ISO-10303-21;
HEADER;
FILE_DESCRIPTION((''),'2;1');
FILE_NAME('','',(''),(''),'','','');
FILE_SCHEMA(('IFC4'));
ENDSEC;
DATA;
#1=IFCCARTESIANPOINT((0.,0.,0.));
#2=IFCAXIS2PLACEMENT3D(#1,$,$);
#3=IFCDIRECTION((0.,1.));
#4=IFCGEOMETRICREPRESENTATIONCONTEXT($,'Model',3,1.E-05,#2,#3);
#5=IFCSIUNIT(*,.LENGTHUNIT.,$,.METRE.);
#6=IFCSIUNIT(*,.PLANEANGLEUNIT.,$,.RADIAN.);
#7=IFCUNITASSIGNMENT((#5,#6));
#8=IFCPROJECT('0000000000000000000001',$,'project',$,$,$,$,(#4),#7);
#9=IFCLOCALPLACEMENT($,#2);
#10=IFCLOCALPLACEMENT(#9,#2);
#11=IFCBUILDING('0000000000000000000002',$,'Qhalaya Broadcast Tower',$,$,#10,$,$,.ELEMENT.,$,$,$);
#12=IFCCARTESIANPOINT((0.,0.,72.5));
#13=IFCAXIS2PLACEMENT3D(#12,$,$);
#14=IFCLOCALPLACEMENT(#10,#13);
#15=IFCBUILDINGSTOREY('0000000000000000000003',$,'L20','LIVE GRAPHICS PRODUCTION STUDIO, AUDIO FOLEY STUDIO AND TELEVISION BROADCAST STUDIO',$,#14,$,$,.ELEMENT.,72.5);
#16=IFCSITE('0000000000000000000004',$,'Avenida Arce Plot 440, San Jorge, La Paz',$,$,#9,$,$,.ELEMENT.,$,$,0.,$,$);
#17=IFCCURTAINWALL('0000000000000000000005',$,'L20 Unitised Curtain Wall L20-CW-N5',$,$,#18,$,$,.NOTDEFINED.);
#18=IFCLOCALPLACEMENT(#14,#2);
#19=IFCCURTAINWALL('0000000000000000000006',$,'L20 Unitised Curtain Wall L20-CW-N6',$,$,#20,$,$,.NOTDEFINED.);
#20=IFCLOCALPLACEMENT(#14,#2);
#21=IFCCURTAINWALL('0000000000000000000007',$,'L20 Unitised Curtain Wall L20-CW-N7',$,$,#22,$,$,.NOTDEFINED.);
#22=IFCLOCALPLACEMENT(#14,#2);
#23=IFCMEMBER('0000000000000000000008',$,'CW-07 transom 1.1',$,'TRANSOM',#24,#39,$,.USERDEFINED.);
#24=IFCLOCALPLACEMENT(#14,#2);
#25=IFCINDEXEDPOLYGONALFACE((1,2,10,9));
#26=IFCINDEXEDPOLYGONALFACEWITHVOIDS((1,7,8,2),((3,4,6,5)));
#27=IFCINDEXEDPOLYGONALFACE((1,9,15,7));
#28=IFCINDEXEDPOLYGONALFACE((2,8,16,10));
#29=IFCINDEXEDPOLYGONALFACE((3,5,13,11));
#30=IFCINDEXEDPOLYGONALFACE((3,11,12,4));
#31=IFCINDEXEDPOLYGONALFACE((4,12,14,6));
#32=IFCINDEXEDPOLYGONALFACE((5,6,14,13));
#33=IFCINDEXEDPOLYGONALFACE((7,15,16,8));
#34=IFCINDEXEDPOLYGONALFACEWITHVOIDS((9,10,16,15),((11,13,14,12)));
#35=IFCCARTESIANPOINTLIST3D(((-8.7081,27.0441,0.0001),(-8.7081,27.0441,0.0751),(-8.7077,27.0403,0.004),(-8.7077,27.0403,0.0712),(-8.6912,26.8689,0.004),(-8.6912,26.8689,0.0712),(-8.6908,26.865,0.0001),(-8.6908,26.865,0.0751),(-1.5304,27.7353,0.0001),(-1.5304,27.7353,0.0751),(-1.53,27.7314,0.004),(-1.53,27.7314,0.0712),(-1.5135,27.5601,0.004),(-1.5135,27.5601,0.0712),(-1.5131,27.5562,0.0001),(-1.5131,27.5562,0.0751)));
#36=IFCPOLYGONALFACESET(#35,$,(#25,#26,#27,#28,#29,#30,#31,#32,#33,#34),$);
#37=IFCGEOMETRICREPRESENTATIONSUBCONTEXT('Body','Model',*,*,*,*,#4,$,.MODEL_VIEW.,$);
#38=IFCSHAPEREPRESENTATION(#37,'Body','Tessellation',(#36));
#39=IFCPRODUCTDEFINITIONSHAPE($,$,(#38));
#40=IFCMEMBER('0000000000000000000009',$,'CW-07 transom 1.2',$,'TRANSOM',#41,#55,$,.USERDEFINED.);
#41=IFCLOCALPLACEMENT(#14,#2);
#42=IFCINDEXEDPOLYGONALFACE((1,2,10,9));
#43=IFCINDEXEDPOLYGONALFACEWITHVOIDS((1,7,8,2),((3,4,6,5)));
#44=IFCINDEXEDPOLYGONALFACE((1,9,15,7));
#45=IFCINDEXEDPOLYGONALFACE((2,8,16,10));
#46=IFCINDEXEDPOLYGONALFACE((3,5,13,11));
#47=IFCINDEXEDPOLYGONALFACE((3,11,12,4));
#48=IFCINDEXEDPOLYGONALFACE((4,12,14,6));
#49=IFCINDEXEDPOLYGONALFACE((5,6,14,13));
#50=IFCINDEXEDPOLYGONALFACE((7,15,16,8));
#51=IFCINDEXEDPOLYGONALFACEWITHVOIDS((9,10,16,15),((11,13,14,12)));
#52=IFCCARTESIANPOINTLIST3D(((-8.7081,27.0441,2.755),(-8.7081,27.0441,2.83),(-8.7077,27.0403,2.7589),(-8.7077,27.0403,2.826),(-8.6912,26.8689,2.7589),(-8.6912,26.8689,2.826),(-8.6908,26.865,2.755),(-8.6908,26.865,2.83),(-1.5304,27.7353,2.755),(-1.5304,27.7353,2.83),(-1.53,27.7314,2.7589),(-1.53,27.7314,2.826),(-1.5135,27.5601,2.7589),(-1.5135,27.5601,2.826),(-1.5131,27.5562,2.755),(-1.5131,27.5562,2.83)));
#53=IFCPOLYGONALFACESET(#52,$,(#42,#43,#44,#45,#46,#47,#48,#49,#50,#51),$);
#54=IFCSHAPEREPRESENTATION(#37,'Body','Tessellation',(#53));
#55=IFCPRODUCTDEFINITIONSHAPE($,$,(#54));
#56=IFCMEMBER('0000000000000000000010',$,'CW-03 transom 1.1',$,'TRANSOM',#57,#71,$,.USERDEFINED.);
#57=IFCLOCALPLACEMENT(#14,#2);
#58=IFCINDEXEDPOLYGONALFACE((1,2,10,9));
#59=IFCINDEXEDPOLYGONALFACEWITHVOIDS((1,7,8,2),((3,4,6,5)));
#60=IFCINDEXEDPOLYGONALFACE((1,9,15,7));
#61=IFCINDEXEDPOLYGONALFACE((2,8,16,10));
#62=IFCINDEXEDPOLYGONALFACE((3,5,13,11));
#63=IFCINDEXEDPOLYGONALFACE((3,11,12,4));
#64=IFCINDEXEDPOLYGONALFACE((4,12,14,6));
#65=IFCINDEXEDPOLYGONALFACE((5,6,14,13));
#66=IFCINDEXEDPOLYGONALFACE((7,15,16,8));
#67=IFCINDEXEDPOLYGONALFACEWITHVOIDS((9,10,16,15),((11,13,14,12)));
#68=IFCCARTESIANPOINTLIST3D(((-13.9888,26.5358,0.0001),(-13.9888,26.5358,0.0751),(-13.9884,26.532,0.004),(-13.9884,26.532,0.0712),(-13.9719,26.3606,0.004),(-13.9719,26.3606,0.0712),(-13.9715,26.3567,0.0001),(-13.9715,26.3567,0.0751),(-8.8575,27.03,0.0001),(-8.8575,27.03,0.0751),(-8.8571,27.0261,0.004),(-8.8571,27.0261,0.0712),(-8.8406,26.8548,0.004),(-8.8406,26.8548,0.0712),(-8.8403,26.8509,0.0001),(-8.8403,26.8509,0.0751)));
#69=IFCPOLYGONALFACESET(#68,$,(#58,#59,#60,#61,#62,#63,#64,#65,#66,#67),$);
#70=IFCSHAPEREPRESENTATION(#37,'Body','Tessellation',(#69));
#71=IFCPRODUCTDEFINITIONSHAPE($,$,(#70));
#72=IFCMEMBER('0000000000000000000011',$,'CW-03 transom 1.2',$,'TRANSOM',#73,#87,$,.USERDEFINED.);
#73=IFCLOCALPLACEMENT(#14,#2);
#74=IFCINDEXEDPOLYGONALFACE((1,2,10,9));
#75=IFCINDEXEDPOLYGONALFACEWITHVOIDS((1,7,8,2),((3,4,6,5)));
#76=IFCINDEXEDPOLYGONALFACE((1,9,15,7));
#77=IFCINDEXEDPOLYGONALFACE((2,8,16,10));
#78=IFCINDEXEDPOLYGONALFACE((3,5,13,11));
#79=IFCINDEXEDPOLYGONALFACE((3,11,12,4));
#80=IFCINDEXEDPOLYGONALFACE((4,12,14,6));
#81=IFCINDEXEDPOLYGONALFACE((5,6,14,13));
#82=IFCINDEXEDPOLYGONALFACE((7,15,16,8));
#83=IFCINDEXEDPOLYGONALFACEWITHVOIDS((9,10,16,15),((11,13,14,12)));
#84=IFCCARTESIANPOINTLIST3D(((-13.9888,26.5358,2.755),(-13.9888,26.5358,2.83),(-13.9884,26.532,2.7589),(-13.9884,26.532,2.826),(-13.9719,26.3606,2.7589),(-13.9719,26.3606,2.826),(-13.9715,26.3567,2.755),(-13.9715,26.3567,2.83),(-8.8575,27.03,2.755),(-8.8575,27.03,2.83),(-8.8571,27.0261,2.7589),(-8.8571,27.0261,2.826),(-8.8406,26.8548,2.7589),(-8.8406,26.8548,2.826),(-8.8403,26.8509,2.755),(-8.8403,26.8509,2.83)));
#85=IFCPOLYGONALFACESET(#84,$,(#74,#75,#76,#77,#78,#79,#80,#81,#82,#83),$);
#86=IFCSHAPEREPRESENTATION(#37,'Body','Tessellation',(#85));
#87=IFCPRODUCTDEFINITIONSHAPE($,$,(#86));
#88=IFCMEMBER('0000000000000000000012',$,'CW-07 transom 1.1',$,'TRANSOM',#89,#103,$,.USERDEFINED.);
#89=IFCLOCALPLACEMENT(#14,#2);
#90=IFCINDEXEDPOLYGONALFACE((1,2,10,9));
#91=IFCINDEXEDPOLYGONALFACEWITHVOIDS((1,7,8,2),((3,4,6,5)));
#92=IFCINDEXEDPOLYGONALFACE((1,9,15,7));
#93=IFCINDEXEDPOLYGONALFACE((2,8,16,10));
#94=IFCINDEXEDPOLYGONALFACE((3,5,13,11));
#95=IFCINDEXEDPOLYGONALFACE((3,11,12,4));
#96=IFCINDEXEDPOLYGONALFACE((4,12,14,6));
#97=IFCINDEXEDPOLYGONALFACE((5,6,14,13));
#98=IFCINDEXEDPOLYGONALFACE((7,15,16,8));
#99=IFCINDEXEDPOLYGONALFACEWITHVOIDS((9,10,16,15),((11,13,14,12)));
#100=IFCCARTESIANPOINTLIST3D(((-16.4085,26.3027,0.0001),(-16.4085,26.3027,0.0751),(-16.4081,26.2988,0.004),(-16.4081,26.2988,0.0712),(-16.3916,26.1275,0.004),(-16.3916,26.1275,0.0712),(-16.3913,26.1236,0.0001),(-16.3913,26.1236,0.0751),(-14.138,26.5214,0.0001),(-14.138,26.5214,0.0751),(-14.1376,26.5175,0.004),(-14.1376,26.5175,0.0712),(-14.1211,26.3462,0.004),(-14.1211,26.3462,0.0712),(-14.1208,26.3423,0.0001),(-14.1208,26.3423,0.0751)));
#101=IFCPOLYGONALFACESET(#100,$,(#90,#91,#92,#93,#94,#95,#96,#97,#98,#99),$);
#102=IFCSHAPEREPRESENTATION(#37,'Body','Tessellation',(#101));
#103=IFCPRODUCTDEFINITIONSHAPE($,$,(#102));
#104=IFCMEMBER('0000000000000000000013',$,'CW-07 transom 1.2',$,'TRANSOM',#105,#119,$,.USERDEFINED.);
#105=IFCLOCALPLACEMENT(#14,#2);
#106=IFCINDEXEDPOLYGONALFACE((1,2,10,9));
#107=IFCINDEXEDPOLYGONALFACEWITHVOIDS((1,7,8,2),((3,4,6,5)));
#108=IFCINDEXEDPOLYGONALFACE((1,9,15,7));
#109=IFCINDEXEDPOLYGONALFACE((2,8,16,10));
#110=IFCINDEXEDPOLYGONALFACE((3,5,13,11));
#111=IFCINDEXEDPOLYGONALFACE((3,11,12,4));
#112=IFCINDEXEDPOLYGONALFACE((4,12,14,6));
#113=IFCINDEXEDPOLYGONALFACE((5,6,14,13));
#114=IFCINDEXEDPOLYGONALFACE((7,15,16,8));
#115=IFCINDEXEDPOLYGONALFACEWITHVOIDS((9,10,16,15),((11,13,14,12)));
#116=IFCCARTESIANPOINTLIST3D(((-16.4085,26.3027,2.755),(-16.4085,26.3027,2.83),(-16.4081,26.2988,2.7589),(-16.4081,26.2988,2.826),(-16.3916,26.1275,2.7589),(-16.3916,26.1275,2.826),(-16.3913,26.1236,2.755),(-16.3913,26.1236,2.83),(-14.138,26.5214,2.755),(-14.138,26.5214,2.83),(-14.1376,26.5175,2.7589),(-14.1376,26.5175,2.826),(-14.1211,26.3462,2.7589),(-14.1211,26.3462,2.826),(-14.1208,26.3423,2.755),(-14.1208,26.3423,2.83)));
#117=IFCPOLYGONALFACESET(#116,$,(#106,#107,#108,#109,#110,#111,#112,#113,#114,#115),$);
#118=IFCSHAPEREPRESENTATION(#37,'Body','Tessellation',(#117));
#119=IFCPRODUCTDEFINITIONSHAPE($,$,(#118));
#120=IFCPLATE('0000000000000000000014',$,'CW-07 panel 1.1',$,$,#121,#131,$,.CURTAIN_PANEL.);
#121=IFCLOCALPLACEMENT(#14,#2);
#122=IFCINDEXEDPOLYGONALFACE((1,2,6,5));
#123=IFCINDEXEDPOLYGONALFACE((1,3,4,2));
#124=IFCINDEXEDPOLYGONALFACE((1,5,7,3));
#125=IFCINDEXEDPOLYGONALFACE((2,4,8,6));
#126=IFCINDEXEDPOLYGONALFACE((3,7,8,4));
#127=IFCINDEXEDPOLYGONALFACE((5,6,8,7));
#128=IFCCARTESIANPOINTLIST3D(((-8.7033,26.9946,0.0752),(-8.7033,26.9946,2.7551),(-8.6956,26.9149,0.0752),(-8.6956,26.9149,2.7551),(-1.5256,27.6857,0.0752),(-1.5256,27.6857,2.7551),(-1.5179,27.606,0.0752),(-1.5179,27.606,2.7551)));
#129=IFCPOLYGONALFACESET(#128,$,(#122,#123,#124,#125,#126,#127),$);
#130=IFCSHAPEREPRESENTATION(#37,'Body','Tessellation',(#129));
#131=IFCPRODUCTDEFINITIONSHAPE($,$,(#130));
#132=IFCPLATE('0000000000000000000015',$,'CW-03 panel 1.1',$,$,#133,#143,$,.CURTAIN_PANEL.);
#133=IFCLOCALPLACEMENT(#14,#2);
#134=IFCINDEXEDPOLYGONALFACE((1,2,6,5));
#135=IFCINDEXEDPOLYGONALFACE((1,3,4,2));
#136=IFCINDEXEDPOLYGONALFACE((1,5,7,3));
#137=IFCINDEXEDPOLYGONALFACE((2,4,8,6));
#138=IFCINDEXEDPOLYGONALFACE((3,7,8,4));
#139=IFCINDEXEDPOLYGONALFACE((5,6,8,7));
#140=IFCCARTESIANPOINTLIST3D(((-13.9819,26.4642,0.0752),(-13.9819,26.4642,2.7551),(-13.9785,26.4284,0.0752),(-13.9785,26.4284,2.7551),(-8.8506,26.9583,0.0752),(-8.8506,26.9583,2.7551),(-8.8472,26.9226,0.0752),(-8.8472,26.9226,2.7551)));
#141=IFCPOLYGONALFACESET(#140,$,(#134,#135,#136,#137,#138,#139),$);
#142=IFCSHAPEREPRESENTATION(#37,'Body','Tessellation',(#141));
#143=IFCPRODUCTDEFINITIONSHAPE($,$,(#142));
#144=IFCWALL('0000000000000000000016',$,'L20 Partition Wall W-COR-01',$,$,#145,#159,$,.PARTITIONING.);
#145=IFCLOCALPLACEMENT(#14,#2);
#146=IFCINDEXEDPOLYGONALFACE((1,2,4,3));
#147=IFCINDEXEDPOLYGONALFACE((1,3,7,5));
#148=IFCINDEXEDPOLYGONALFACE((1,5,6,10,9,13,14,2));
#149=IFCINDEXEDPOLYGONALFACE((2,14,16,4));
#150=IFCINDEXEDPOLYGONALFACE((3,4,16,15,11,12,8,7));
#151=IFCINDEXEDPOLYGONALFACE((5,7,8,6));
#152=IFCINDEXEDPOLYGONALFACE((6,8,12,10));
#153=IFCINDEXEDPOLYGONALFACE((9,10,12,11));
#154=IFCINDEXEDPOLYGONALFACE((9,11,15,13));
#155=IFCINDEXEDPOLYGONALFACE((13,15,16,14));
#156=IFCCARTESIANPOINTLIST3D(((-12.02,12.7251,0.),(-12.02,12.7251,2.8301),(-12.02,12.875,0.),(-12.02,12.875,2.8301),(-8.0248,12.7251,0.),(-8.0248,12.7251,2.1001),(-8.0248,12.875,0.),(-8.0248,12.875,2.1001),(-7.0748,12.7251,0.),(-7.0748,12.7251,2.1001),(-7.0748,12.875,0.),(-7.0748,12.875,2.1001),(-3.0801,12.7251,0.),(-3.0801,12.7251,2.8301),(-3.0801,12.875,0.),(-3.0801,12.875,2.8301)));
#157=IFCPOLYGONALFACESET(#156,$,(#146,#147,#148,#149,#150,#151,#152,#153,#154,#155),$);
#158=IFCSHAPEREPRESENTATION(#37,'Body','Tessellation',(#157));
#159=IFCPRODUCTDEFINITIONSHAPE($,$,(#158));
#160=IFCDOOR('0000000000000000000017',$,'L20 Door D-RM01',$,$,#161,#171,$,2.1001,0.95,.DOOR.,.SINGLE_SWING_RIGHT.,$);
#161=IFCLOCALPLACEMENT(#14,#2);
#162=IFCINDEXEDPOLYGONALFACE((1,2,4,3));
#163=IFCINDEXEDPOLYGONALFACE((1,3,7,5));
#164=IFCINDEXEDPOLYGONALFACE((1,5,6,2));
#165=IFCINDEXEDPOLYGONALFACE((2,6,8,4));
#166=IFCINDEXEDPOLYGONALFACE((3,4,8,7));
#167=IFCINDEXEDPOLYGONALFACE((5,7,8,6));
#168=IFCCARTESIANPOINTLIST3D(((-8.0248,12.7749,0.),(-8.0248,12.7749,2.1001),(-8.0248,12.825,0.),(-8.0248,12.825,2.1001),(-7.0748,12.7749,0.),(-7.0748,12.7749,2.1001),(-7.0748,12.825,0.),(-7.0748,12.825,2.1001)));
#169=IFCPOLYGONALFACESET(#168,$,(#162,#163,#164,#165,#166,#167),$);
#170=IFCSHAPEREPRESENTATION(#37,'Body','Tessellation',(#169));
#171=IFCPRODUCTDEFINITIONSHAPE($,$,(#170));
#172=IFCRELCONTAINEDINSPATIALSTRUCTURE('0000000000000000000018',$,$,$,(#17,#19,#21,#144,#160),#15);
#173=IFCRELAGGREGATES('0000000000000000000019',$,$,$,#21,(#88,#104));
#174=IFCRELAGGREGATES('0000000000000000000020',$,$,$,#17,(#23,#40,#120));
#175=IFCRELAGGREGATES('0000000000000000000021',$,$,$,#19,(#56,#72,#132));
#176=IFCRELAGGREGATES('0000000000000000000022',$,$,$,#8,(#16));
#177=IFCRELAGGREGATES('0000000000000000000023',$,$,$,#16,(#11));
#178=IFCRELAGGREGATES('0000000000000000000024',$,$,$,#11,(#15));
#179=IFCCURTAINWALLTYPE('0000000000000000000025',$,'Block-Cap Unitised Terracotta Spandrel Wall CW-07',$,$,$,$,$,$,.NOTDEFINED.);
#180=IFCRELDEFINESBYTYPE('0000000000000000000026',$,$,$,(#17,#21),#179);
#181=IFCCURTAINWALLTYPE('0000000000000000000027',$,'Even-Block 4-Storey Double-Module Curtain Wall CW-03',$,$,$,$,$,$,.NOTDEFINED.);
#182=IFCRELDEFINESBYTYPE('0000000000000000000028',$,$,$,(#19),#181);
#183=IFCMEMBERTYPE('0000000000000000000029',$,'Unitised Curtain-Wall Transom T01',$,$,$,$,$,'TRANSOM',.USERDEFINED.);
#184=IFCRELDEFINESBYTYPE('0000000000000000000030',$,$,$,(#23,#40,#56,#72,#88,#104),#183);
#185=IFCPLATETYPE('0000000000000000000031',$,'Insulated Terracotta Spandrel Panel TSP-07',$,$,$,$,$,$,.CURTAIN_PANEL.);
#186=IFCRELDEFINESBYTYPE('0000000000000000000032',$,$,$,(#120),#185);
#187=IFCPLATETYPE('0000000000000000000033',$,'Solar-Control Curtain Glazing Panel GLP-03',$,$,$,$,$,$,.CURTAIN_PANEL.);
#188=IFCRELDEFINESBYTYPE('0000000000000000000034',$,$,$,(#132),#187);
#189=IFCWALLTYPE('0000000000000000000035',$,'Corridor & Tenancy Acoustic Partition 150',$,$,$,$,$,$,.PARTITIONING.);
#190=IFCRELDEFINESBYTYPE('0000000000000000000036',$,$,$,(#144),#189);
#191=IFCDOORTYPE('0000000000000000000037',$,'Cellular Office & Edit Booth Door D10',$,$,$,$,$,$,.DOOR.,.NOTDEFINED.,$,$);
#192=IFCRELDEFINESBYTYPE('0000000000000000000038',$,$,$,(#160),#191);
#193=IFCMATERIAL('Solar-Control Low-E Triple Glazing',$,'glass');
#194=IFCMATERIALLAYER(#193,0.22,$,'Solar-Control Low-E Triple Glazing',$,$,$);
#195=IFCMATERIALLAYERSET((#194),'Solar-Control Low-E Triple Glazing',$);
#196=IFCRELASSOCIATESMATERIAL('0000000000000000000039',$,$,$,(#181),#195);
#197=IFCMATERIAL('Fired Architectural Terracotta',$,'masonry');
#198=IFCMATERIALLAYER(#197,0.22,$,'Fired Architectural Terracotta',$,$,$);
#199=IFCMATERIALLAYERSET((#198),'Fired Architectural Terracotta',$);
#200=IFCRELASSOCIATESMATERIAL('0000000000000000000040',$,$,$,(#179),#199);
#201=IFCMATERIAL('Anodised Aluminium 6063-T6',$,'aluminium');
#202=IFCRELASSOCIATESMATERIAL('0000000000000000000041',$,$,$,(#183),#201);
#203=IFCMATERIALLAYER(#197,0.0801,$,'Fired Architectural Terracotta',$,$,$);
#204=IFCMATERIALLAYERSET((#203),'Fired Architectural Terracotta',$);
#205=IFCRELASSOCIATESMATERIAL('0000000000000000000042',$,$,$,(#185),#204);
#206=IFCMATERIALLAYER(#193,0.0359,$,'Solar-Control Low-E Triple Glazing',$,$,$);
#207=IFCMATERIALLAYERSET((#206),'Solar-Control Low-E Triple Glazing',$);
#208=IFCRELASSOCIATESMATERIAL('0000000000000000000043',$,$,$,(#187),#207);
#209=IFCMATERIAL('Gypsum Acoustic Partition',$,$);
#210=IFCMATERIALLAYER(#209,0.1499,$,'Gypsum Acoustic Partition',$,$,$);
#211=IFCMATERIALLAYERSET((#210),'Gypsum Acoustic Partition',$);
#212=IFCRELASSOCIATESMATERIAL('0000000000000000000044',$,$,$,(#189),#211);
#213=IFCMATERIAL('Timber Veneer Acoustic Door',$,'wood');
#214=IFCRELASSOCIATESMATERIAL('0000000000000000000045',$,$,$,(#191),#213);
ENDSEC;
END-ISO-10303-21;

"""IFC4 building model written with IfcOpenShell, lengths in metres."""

from ifc_helpers import new_model, si_unit, direction, frame, frame_2d, origin, origin_2d, place, context, subcontext, project, spatial, rectangle, hollow_rectangle, extrude, material, layer, layer_set, material_profile, profile_set, type_object, element, fill, aggregate, save


model = new_model("IFC4")

# Units and contexts
model_context = context("Model", 3, precision=1e-05, world=origin(), true_north=direction((0.0, 1.0)))
body_context = subcontext(model_context, "Body", "Model", "MODEL_VIEW")
ifc_project = project(units=[si_unit("LENGTHUNIT", "METRE"), si_unit("PLANEANGLEUNIT", "RADIAN")], contexts=[model_context])

# Site, building, storey
site_placement = place(None, origin())
site = spatial("IfcSite", under=ifc_project, at=site_placement, Name="Avenida Arce Plot 440, San Jorge, La Paz", CompositionType="ELEMENT", RefElevation=0.0)
building_placement = place(site_placement, origin())
building = spatial("IfcBuilding", under=site, at=building_placement, Name="Qhalaya Broadcast Tower", CompositionType="ELEMENT")
storey_placement = place(building_placement, frame((0.0, 0.0, 72.5)))
storey = spatial("IfcBuildingStorey", under=building, at=storey_placement, Name="L20", Description="LIVE GRAPHICS PRODUCTION STUDIO, AUDIO FOLEY STUDIO AND TELEVISION BROADCAST STUDIO", CompositionType="ELEMENT", Elevation=72.5)

# Shared definitions
ifc_material_1 = material(Name="Solar-Control Low-E Triple Glazing", Category="glass")
ifc_layer_1 = layer(ifc_material_1, 0.22, Name="Solar-Control Low-E Triple Glazing")
ifc_layer_set_1 = layer_set([ifc_layer_1], Name="Solar-Control Low-E Triple Glazing")
curtain_wall_type_1 = type_object("IfcCurtainWallType", Name="Even-Block 4-Storey Double-Module Curtain Wall CW-03", PredefinedType="NOTDEFINED", material=ifc_layer_set_1)
ifc_material_2 = material(Name="Anodised Aluminium 6063-T6", Category="aluminium")

# Curtain walls
ifc_material_3 = material(Name="Fired Architectural Terracotta", Category="masonry")
ifc_layer_2 = layer(ifc_material_3, 0.22, Name="Fired Architectural Terracotta")
ifc_layer_set_2 = layer_set([ifc_layer_2], Name="Fired Architectural Terracotta")
curtain_wall_type_2 = type_object("IfcCurtainWallType", Name="Block-Cap Unitised Terracotta Spandrel Wall CW-07", PredefinedType="NOTDEFINED", material=ifc_layer_set_2)
curtain_wall_1_placement = place(storey_placement, origin())
curtain_wall_1 = element("IfcCurtainWall", 1, at=curtain_wall_1_placement, inside=storey, type_object=curtain_wall_type_2, Name="L20 Unitised Curtain Wall L20-CW-N5", PredefinedType="NOTDEFINED")
curtain_wall_2_placement = place(storey_placement, origin())
curtain_wall_2 = element("IfcCurtainWall", 2, at=curtain_wall_2_placement, inside=storey, type_object=curtain_wall_type_1, Name="L20 Unitised Curtain Wall L20-CW-N6", PredefinedType="NOTDEFINED")

# Curtain wall
curtain_wall_3_placement = place(storey_placement, origin())
curtain_wall_3 = element("IfcCurtainWall", 3, at=curtain_wall_3_placement, inside=storey, type_object=curtain_wall_type_2, Name="L20 Unitised Curtain Wall L20-CW-N7", PredefinedType="NOTDEFINED")

# Members
ifc_material_profile_1 = material_profile(ifc_material_2, hollow_rectangle(XDim=0.075, YDim=0.1799, WallThickness=0.0039, at=origin_2d()), Name="ALU-TRN 75x180x4")
ifc_profile_set_1 = profile_set([ifc_material_profile_1], Name="Anodised Aluminium 6063-T6")
member_type_1 = type_object("IfcMemberType", Name="Unitised Curtain-Wall Transom T01", ElementType="TRANSOM", PredefinedType="USERDEFINED", material=ifc_profile_set_1)
member_1_placement = place(storey_placement, frame((-1.5217, 27.6458, 0.0376), z_axis=(-0.995396, -0.095849, 0.0), x_axis=(0.0, 0.0, 1.0)))
member_1 = element("IfcMember", 4, at=member_1_placement, type_object=member_type_1, Name="CW-07 transom 1.1", ObjectType="TRANSOM", PredefinedType="USERDEFINED", context=body_context, shape_type="SweptSolid", body=[
    extrude(hollow_rectangle(XDim=0.075, YDim=0.1799, WallThickness=0.0039, at=origin_2d()), origin(), (0.0, 0.0, 1.0), 7.2109),
])
member_2_placement = place(storey_placement, frame((-1.5217, 27.6458, 2.7925), z_axis=(-0.995396, -0.095849, 0.0), x_axis=(0.0, 0.0, 1.0)))
member_2 = element("IfcMember", 5, at=member_2_placement, type_object=member_type_1, Name="CW-07 transom 1.2", ObjectType="TRANSOM", PredefinedType="USERDEFINED", context=body_context, shape_type="SweptSolid", body=[
    extrude(hollow_rectangle(XDim=0.075, YDim=0.1799, WallThickness=0.0039, at=origin_2d()), origin(), (0.0, 0.0, 1.0), 7.2109),
])
member_3_placement = place(storey_placement, frame((-8.8489, 26.9404, 0.0376), z_axis=(-0.995395, -0.095855, 0.0), x_axis=(0.0, 0.0, 1.0)))
member_3 = element("IfcMember", 6, at=member_3_placement, type_object=member_type_1, Name="CW-03 transom 1.1", ObjectType="TRANSOM", PredefinedType="USERDEFINED", context=body_context, shape_type="SweptSolid", body=[
    extrude(hollow_rectangle(XDim=0.075, YDim=0.1799, WallThickness=0.0039, at=origin_2d()), origin(), (0.0, 0.0, 1.0), 5.155),
])
member_4_placement = place(storey_placement, frame((-8.8489, 26.9404, 2.7925), z_axis=(-0.995395, -0.095855, 0.0), x_axis=(0.0, 0.0, 1.0)))
member_4 = element("IfcMember", 7, at=member_4_placement, type_object=member_type_1, Name="CW-03 transom 1.2", ObjectType="TRANSOM", PredefinedType="USERDEFINED", context=body_context, shape_type="SweptSolid", body=[
    extrude(hollow_rectangle(XDim=0.075, YDim=0.1799, WallThickness=0.0039, at=origin_2d()), origin(), (0.0, 0.0, 1.0), 5.155),
])
member_5_placement = place(storey_placement, frame((-14.1294, 26.4319, 0.0376), z_axis=(-0.995391, -0.0959, 0.0), x_axis=(0.0, 0.0, 1.0)))
member_5 = element("IfcMember", 8, at=member_5_placement, type_object=member_type_1, Name="CW-07 transom 1.1", ObjectType="TRANSOM", PredefinedType="USERDEFINED", context=body_context, shape_type="SweptSolid", body=[
    extrude(hollow_rectangle(XDim=0.075, YDim=0.1799, WallThickness=0.0039, at=origin_2d()), origin(), (0.0, 0.0, 1.0), 2.281),
])
member_6_placement = place(storey_placement, frame((-14.1294, 26.4319, 2.7925), z_axis=(-0.995391, -0.0959, 0.0), x_axis=(0.0, 0.0, 1.0)))
member_6 = element("IfcMember", 9, at=member_6_placement, type_object=member_type_1, Name="CW-07 transom 1.2", ObjectType="TRANSOM", PredefinedType="USERDEFINED", context=body_context, shape_type="SweptSolid", body=[
    extrude(hollow_rectangle(XDim=0.075, YDim=0.1799, WallThickness=0.0039, at=origin_2d()), origin(), (0.0, 0.0, 1.0), 2.281),
])
aggregate(curtain_wall_3, [member_5, member_6])

# Plates
ifc_layer_3 = layer(ifc_material_3, 0.0801, Name="Fired Architectural Terracotta")
ifc_layer_set_3 = layer_set([ifc_layer_3], Name="Fired Architectural Terracotta")
plate_type_1 = type_object("IfcPlateType", Name="Insulated Terracotta Spandrel Panel TSP-07", PredefinedType="CURTAIN_PANEL", material=ifc_layer_set_3)
plate_1_placement = place(storey_placement, frame((-5.1106, 27.3003, 0.0752), z_axis=(0.0, 0.0, 1.0), x_axis=(-0.995396, -0.095843, 0.0)))
plate_1 = element("IfcPlate", 10, at=plate_1_placement, type_object=plate_type_1, Name="CW-07 panel 1.1", PredefinedType="CURTAIN_PANEL", context=body_context, shape_type="SweptSolid", body=[
    extrude(rectangle(XDim=7.2109, YDim=0.0801, at=origin_2d()), origin(), (0.0, 0.0, 1.0), 2.6799),
])
aggregate(curtain_wall_1, [member_1, member_2, plate_1])
ifc_layer_4 = layer(ifc_material_1, 0.0359, Name="Solar-Control Low-E Triple Glazing")
ifc_layer_set_4 = layer_set([ifc_layer_4], Name="Solar-Control Low-E Triple Glazing")
plate_type_2 = type_object("IfcPlateType", Name="Solar-Control Curtain Glazing Panel GLP-03", PredefinedType="CURTAIN_PANEL", material=ifc_layer_set_4)
plate_2_placement = place(storey_placement, frame((-11.4146, 26.6934, 0.0752), z_axis=(0.0, 0.0, 1.0), x_axis=(-0.995396, -0.095852, 0.0)))
plate_2 = element("IfcPlate", 11, at=plate_2_placement, type_object=plate_type_2, Name="CW-03 panel 1.1", PredefinedType="CURTAIN_PANEL", context=body_context, shape_type="SweptSolid", body=[
    extrude(rectangle(XDim=5.155, YDim=0.0359, at=origin_2d()), origin(), (0.0, 0.0, 1.0), 2.6799),
])
aggregate(curtain_wall_2, [member_3, member_4, plate_2])

# Wall, opening, door
ifc_material_4 = material(Name="Gypsum Acoustic Partition")
ifc_layer_5 = layer(ifc_material_4, 0.1499, Name="Gypsum Acoustic Partition")
ifc_layer_set_5 = layer_set([ifc_layer_5], Name="Gypsum Acoustic Partition")
wall_type_1 = type_object("IfcWallType", Name="Corridor & Tenancy Acoustic Partition 150", PredefinedType="PARTITIONING", material=ifc_layer_set_5)
wall_1_placement = place(storey_placement, frame((-12.02, 12.8, 0.0), z_axis=(0.0, 0.0, 1.0), x_axis=(1.0, 0.0, 0.0)))
wall_1 = element("IfcWall", 12, at=wall_1_placement, inside=storey, type_object=wall_type_1, Name="L20 Partition Wall W-COR-01", PredefinedType="PARTITIONING", context=body_context, shape_type="SweptSolid", body=[
    extrude(rectangle(XDim=8.9399, YDim=0.1499, at=frame_2d((4.47, 0.0))), origin(), (0.0, 0.0, 1.0), 2.8301),
])
opening_1_placement = place(wall_1_placement, frame((3.9951, 0.0, 0.0)))
opening_1 = element("IfcOpeningElement", 13, at=opening_1_placement, cuts=wall_1, PredefinedType="OPENING", context=body_context, shape_type="SweptSolid", body=[
    extrude(rectangle(XDim=0.95, YDim=2.1001, at=frame_2d((0.4751, 1.05))), frame((0.0, 0.0869, 0.0), z_axis=(0.0, -1.0, 0.0), x_axis=(1.0, 0.0, 0.0)), (0.0, 0.0, 1.0), 0.1738),
])
ifc_material_5 = material(Name="Timber Veneer Acoustic Door", Category="wood")
door_type = type_object("IfcDoorType", Name="Cellular Office & Edit Booth Door D10", OperationType="NOTDEFINED", PredefinedType="DOOR", material=ifc_material_5)
door_1_placement = place(opening_1_placement, origin())
door_1 = element("IfcDoor", 14, at=door_1_placement, inside=storey, type_object=door_type, Name="L20 Door D-RM01", OperationType="SINGLE_SWING_RIGHT", OverallHeight=2.1001, OverallWidth=0.95, PredefinedType="DOOR", context=body_context, shape_type="SweptSolid", body=[
    extrude(rectangle(XDim=0.95, YDim=2.1001, at=frame_2d((0.4751, 1.05))), frame((0.0, 0.0249, 0.0), z_axis=(0.0, -1.0, 0.0), x_axis=(1.0, 0.0, 0.0)), (0.0, 0.0, 1.0), 0.05),
])
fill(opening_1, door_1)

save(model, "model.ifc")
